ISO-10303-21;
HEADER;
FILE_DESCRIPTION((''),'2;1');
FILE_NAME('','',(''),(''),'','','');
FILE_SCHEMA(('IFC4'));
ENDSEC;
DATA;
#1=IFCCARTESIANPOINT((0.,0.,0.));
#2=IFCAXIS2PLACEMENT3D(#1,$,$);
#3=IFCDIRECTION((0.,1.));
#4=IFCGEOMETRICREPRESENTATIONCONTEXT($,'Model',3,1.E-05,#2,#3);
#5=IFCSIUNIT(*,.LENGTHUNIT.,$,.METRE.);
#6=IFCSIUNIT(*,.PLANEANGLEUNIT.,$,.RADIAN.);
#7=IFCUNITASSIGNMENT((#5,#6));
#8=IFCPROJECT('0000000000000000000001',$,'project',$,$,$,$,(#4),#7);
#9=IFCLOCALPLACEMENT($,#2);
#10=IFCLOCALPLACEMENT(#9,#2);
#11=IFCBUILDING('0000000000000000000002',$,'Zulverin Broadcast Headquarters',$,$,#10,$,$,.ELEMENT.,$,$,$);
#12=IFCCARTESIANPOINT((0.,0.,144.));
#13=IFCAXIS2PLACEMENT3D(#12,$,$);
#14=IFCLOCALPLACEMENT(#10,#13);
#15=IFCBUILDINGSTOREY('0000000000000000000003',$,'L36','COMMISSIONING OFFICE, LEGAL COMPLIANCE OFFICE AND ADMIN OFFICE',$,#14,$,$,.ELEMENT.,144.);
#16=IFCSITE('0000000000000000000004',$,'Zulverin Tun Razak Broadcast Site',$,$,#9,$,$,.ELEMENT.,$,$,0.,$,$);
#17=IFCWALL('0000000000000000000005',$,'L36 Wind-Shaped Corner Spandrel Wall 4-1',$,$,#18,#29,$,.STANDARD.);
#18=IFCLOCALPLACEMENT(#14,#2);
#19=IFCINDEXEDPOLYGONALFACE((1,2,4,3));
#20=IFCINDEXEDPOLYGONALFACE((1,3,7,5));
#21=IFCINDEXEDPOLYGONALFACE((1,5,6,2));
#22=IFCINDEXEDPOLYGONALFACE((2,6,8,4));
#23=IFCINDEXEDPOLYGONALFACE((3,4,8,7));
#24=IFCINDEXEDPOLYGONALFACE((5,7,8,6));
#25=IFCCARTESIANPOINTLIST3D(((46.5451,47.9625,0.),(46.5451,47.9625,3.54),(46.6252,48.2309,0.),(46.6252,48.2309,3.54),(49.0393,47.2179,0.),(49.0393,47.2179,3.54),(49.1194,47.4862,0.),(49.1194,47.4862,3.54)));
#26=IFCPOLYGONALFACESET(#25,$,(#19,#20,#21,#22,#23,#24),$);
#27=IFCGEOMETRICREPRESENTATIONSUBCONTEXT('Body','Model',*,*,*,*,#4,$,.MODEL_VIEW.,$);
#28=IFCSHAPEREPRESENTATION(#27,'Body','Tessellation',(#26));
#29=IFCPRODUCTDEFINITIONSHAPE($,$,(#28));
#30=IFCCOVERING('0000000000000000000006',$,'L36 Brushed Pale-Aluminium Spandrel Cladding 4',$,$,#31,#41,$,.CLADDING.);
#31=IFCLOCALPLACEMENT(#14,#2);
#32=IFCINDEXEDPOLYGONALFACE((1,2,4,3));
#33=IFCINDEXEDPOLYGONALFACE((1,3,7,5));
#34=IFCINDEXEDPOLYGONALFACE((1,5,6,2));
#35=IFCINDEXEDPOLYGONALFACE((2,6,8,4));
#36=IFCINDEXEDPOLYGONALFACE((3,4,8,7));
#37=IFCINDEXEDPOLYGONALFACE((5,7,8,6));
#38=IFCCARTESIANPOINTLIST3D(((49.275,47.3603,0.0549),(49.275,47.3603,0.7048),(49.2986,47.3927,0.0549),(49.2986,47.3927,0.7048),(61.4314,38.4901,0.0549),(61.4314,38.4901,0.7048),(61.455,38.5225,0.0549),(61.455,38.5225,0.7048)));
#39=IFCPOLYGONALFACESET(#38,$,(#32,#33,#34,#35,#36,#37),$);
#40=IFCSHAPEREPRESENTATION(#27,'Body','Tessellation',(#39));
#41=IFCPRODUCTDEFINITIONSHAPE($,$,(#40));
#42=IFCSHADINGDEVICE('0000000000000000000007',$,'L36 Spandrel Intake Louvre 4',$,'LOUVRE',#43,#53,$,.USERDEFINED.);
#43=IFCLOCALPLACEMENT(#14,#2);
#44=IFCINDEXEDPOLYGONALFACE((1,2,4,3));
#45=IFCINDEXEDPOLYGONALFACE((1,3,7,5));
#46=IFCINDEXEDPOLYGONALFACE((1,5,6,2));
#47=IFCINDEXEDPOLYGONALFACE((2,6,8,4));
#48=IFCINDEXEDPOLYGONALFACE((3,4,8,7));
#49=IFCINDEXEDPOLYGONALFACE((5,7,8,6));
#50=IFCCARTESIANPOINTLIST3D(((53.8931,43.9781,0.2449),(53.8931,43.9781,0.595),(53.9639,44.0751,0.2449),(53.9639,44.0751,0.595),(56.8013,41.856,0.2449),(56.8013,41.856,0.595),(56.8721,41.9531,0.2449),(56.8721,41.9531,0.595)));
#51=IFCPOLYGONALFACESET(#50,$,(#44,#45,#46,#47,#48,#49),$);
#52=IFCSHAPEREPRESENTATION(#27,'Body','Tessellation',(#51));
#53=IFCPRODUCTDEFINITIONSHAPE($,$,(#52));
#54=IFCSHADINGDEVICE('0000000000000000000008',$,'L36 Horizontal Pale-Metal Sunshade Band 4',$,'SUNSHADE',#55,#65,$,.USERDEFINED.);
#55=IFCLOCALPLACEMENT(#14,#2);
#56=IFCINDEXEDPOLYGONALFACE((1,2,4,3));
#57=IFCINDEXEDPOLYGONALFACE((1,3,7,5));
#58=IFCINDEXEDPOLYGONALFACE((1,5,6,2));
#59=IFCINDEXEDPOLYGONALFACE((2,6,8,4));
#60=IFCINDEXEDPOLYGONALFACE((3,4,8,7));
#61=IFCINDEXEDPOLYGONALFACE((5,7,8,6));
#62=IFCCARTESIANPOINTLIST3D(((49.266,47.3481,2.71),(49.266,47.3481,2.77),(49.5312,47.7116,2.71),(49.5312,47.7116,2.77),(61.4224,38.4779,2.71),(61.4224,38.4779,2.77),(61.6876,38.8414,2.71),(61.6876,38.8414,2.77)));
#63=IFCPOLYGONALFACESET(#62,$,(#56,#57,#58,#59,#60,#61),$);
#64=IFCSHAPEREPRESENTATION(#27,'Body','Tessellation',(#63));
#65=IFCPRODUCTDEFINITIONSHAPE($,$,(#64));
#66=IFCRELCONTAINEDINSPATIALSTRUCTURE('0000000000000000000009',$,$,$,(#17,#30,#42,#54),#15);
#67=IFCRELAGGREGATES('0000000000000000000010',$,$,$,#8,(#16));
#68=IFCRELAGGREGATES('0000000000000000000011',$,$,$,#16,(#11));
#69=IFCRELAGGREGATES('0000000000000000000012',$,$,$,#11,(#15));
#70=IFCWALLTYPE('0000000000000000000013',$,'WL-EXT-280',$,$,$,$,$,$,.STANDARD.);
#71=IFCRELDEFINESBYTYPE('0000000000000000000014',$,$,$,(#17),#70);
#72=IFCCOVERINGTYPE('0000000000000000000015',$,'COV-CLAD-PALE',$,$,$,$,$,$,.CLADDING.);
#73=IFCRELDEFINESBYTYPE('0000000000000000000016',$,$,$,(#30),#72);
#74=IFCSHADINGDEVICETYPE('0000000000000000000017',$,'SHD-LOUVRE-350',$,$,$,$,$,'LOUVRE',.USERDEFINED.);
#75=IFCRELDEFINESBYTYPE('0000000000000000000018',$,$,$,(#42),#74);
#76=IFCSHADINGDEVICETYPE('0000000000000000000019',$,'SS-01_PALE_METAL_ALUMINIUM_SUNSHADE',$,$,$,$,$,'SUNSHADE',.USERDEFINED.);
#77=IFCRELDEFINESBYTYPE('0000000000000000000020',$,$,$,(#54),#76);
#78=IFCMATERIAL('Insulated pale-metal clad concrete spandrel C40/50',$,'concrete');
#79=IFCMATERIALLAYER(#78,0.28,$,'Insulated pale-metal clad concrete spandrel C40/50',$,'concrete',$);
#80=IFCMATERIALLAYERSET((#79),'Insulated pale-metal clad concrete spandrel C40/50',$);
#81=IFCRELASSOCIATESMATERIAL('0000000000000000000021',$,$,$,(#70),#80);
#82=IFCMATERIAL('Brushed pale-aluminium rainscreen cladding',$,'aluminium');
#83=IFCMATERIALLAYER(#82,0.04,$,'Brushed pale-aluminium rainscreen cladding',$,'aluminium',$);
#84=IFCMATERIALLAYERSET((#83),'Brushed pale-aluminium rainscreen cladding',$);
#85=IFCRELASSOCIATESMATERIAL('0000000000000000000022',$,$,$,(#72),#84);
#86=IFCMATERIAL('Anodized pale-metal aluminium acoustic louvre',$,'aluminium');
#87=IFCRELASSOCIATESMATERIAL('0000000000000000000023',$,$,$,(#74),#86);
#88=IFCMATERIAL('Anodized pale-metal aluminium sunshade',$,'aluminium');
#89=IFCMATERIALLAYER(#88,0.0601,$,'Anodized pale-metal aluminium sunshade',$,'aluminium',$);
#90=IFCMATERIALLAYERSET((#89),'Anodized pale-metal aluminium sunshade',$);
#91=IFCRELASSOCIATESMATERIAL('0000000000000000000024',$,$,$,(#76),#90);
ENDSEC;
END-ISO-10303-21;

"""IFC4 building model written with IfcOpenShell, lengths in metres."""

from ifc_helpers import new_model, si_unit, direction, frame, frame_2d, origin, origin_2d, place, context, subcontext, project, spatial, rectangle, extrude, material, layer, layer_set, type_object, element, save


model = new_model("IFC4")

# Units and contexts
model_context = context("Model", 3, precision=1e-05, world=origin(), true_north=direction((0.0, 1.0)))
body_context = subcontext(model_context, "Body", "Model", "MODEL_VIEW")
ifc_project = project(units=[si_unit("LENGTHUNIT", "METRE"), si_unit("PLANEANGLEUNIT", "RADIAN")], contexts=[model_context])

# Site, building, storey
site_placement = place(None, origin())
site = spatial("IfcSite", under=ifc_project, at=site_placement, Name="Zulverin Tun Razak Broadcast Site", CompositionType="ELEMENT", RefElevation=0.0)
building_placement = place(site_placement, origin())
building = spatial("IfcBuilding", under=site, at=building_placement, Name="Zulverin Broadcast Headquarters", CompositionType="ELEMENT")
storey_placement = place(building_placement, frame((0.0, 0.0, 144.0)))
storey = spatial("IfcBuildingStorey", under=building, at=storey_placement, Name="L36", Description="COMMISSIONING OFFICE, LEGAL COMPLIANCE OFFICE AND ADMIN OFFICE", CompositionType="ELEMENT", Elevation=144.0)

# Shared definitions
ifc_material_1 = material(Name="Insulated pale-metal clad concrete spandrel C40/50", Category="concrete")
ifc_layer_1 = layer(ifc_material_1, 0.28, Name="Insulated pale-metal clad concrete spandrel C40/50", Category="concrete")
ifc_layer_set_1 = layer_set([ifc_layer_1], Name="Insulated pale-metal clad concrete spandrel C40/50")
wall_type = type_object("IfcWallType", Name="WL-EXT-280", PredefinedType="STANDARD", material=ifc_layer_set_1)

# Wall
wall_1_placement = place(storey_placement, frame((49.0793, 47.3521, 0.0), z_axis=(0.0, 0.0, 1.0), x_axis=(-0.958208, 0.286074, 0.0)))
element("IfcWall", 1, at=wall_1_placement, inside=storey, type_object=wall_type, Name="L36 Wind-Shaped Corner Spandrel Wall 4-1", PredefinedType="STANDARD", context=body_context, shape_type="SweptSolid", body=[
    extrude(rectangle(XDim=2.603, YDim=0.28, at=frame_2d((1.3015, 0.0))), origin(), (0.0, 0.0, 1.0), 3.54),
])

# Covering
ifc_material_2 = material(Name="Brushed pale-aluminium rainscreen cladding", Category="aluminium")
ifc_layer_2 = layer(ifc_material_2, 0.04, Name="Brushed pale-aluminium rainscreen cladding", Category="aluminium")
ifc_layer_set_2 = layer_set([ifc_layer_2], Name="Brushed pale-aluminium rainscreen cladding")
covering_type = type_object("IfcCoveringType", Name="COV-CLAD-PALE", PredefinedType="CLADDING", material=ifc_layer_set_2)
covering_placement = place(storey_placement, frame((55.365, 42.9414, 0.0549), z_axis=(0.0, 0.0, 1.0), x_axis=(-0.807814, 0.589437, 0.0)))
element("IfcCovering", 2, at=covering_placement, inside=storey, type_object=covering_type, Name="L36 Brushed Pale-Aluminium Spandrel Cladding 4", PredefinedType="CLADDING", context=body_context, shape_type="SweptSolid", body=[
    extrude(rectangle(XDim=15.0486, YDim=0.04, at=origin_2d()), origin(), (0.0, 0.0, 1.0), 0.6499),
])

# Shading devices
ifc_material_3 = material(Name="Anodized pale-metal aluminium acoustic louvre", Category="aluminium")
shading_device_type_1 = type_object("IfcShadingDeviceType", Name="SHD-LOUVRE-350", ElementType="LOUVRE", PredefinedType="USERDEFINED", material=ifc_material_3)
shading_device_1_placement = place(storey_placement, frame((55.3826, 42.9656, 0.2449), z_axis=(0.0, 0.0, 1.0), x_axis=(-0.807814, 0.589437, 0.0)))
element("IfcShadingDevice", 3, at=shading_device_1_placement, inside=storey, type_object=shading_device_type_1, Name="L36 Spandrel Intake Louvre 4", ObjectType="LOUVRE", PredefinedType="USERDEFINED", context=body_context, shape_type="SweptSolid", body=[
    extrude(rectangle(XDim=3.6001, YDim=0.1201, at=origin_2d()), origin(), (0.0, 0.0, 1.0), 0.3501),
])
ifc_material_4 = material(Name="Anodized pale-metal aluminium sunshade", Category="aluminium")
ifc_layer_3 = layer(ifc_material_4, 0.0601, Name="Anodized pale-metal aluminium sunshade", Category="aluminium")
ifc_layer_set_3 = layer_set([ifc_layer_3], Name="Anodized pale-metal aluminium sunshade")
shading_device_type_2 = type_object("IfcShadingDeviceType", Name="SS-01_PALE_METAL_ALUMINIUM_SUNSHADE", ElementType="SUNSHADE", PredefinedType="USERDEFINED", material=ifc_layer_set_3)
shading_device_2_placement = place(storey_placement, frame((55.4768, 43.0947, 2.71), z_axis=(0.0, 0.0, 1.0), x_axis=(-0.807814, 0.589437, 0.0)))
element("IfcShadingDevice", 4, at=shading_device_2_placement, inside=storey, type_object=shading_device_type_2, Name="L36 Horizontal Pale-Metal Sunshade Band 4", ObjectType="SUNSHADE", PredefinedType="USERDEFINED", context=body_context, shape_type="SweptSolid", body=[
    extrude(rectangle(XDim=15.0486, YDim=0.45, at=origin_2d()), origin(), (0.0, 0.0, 1.0), 0.0601),
])

save(model, "model.ifc")
